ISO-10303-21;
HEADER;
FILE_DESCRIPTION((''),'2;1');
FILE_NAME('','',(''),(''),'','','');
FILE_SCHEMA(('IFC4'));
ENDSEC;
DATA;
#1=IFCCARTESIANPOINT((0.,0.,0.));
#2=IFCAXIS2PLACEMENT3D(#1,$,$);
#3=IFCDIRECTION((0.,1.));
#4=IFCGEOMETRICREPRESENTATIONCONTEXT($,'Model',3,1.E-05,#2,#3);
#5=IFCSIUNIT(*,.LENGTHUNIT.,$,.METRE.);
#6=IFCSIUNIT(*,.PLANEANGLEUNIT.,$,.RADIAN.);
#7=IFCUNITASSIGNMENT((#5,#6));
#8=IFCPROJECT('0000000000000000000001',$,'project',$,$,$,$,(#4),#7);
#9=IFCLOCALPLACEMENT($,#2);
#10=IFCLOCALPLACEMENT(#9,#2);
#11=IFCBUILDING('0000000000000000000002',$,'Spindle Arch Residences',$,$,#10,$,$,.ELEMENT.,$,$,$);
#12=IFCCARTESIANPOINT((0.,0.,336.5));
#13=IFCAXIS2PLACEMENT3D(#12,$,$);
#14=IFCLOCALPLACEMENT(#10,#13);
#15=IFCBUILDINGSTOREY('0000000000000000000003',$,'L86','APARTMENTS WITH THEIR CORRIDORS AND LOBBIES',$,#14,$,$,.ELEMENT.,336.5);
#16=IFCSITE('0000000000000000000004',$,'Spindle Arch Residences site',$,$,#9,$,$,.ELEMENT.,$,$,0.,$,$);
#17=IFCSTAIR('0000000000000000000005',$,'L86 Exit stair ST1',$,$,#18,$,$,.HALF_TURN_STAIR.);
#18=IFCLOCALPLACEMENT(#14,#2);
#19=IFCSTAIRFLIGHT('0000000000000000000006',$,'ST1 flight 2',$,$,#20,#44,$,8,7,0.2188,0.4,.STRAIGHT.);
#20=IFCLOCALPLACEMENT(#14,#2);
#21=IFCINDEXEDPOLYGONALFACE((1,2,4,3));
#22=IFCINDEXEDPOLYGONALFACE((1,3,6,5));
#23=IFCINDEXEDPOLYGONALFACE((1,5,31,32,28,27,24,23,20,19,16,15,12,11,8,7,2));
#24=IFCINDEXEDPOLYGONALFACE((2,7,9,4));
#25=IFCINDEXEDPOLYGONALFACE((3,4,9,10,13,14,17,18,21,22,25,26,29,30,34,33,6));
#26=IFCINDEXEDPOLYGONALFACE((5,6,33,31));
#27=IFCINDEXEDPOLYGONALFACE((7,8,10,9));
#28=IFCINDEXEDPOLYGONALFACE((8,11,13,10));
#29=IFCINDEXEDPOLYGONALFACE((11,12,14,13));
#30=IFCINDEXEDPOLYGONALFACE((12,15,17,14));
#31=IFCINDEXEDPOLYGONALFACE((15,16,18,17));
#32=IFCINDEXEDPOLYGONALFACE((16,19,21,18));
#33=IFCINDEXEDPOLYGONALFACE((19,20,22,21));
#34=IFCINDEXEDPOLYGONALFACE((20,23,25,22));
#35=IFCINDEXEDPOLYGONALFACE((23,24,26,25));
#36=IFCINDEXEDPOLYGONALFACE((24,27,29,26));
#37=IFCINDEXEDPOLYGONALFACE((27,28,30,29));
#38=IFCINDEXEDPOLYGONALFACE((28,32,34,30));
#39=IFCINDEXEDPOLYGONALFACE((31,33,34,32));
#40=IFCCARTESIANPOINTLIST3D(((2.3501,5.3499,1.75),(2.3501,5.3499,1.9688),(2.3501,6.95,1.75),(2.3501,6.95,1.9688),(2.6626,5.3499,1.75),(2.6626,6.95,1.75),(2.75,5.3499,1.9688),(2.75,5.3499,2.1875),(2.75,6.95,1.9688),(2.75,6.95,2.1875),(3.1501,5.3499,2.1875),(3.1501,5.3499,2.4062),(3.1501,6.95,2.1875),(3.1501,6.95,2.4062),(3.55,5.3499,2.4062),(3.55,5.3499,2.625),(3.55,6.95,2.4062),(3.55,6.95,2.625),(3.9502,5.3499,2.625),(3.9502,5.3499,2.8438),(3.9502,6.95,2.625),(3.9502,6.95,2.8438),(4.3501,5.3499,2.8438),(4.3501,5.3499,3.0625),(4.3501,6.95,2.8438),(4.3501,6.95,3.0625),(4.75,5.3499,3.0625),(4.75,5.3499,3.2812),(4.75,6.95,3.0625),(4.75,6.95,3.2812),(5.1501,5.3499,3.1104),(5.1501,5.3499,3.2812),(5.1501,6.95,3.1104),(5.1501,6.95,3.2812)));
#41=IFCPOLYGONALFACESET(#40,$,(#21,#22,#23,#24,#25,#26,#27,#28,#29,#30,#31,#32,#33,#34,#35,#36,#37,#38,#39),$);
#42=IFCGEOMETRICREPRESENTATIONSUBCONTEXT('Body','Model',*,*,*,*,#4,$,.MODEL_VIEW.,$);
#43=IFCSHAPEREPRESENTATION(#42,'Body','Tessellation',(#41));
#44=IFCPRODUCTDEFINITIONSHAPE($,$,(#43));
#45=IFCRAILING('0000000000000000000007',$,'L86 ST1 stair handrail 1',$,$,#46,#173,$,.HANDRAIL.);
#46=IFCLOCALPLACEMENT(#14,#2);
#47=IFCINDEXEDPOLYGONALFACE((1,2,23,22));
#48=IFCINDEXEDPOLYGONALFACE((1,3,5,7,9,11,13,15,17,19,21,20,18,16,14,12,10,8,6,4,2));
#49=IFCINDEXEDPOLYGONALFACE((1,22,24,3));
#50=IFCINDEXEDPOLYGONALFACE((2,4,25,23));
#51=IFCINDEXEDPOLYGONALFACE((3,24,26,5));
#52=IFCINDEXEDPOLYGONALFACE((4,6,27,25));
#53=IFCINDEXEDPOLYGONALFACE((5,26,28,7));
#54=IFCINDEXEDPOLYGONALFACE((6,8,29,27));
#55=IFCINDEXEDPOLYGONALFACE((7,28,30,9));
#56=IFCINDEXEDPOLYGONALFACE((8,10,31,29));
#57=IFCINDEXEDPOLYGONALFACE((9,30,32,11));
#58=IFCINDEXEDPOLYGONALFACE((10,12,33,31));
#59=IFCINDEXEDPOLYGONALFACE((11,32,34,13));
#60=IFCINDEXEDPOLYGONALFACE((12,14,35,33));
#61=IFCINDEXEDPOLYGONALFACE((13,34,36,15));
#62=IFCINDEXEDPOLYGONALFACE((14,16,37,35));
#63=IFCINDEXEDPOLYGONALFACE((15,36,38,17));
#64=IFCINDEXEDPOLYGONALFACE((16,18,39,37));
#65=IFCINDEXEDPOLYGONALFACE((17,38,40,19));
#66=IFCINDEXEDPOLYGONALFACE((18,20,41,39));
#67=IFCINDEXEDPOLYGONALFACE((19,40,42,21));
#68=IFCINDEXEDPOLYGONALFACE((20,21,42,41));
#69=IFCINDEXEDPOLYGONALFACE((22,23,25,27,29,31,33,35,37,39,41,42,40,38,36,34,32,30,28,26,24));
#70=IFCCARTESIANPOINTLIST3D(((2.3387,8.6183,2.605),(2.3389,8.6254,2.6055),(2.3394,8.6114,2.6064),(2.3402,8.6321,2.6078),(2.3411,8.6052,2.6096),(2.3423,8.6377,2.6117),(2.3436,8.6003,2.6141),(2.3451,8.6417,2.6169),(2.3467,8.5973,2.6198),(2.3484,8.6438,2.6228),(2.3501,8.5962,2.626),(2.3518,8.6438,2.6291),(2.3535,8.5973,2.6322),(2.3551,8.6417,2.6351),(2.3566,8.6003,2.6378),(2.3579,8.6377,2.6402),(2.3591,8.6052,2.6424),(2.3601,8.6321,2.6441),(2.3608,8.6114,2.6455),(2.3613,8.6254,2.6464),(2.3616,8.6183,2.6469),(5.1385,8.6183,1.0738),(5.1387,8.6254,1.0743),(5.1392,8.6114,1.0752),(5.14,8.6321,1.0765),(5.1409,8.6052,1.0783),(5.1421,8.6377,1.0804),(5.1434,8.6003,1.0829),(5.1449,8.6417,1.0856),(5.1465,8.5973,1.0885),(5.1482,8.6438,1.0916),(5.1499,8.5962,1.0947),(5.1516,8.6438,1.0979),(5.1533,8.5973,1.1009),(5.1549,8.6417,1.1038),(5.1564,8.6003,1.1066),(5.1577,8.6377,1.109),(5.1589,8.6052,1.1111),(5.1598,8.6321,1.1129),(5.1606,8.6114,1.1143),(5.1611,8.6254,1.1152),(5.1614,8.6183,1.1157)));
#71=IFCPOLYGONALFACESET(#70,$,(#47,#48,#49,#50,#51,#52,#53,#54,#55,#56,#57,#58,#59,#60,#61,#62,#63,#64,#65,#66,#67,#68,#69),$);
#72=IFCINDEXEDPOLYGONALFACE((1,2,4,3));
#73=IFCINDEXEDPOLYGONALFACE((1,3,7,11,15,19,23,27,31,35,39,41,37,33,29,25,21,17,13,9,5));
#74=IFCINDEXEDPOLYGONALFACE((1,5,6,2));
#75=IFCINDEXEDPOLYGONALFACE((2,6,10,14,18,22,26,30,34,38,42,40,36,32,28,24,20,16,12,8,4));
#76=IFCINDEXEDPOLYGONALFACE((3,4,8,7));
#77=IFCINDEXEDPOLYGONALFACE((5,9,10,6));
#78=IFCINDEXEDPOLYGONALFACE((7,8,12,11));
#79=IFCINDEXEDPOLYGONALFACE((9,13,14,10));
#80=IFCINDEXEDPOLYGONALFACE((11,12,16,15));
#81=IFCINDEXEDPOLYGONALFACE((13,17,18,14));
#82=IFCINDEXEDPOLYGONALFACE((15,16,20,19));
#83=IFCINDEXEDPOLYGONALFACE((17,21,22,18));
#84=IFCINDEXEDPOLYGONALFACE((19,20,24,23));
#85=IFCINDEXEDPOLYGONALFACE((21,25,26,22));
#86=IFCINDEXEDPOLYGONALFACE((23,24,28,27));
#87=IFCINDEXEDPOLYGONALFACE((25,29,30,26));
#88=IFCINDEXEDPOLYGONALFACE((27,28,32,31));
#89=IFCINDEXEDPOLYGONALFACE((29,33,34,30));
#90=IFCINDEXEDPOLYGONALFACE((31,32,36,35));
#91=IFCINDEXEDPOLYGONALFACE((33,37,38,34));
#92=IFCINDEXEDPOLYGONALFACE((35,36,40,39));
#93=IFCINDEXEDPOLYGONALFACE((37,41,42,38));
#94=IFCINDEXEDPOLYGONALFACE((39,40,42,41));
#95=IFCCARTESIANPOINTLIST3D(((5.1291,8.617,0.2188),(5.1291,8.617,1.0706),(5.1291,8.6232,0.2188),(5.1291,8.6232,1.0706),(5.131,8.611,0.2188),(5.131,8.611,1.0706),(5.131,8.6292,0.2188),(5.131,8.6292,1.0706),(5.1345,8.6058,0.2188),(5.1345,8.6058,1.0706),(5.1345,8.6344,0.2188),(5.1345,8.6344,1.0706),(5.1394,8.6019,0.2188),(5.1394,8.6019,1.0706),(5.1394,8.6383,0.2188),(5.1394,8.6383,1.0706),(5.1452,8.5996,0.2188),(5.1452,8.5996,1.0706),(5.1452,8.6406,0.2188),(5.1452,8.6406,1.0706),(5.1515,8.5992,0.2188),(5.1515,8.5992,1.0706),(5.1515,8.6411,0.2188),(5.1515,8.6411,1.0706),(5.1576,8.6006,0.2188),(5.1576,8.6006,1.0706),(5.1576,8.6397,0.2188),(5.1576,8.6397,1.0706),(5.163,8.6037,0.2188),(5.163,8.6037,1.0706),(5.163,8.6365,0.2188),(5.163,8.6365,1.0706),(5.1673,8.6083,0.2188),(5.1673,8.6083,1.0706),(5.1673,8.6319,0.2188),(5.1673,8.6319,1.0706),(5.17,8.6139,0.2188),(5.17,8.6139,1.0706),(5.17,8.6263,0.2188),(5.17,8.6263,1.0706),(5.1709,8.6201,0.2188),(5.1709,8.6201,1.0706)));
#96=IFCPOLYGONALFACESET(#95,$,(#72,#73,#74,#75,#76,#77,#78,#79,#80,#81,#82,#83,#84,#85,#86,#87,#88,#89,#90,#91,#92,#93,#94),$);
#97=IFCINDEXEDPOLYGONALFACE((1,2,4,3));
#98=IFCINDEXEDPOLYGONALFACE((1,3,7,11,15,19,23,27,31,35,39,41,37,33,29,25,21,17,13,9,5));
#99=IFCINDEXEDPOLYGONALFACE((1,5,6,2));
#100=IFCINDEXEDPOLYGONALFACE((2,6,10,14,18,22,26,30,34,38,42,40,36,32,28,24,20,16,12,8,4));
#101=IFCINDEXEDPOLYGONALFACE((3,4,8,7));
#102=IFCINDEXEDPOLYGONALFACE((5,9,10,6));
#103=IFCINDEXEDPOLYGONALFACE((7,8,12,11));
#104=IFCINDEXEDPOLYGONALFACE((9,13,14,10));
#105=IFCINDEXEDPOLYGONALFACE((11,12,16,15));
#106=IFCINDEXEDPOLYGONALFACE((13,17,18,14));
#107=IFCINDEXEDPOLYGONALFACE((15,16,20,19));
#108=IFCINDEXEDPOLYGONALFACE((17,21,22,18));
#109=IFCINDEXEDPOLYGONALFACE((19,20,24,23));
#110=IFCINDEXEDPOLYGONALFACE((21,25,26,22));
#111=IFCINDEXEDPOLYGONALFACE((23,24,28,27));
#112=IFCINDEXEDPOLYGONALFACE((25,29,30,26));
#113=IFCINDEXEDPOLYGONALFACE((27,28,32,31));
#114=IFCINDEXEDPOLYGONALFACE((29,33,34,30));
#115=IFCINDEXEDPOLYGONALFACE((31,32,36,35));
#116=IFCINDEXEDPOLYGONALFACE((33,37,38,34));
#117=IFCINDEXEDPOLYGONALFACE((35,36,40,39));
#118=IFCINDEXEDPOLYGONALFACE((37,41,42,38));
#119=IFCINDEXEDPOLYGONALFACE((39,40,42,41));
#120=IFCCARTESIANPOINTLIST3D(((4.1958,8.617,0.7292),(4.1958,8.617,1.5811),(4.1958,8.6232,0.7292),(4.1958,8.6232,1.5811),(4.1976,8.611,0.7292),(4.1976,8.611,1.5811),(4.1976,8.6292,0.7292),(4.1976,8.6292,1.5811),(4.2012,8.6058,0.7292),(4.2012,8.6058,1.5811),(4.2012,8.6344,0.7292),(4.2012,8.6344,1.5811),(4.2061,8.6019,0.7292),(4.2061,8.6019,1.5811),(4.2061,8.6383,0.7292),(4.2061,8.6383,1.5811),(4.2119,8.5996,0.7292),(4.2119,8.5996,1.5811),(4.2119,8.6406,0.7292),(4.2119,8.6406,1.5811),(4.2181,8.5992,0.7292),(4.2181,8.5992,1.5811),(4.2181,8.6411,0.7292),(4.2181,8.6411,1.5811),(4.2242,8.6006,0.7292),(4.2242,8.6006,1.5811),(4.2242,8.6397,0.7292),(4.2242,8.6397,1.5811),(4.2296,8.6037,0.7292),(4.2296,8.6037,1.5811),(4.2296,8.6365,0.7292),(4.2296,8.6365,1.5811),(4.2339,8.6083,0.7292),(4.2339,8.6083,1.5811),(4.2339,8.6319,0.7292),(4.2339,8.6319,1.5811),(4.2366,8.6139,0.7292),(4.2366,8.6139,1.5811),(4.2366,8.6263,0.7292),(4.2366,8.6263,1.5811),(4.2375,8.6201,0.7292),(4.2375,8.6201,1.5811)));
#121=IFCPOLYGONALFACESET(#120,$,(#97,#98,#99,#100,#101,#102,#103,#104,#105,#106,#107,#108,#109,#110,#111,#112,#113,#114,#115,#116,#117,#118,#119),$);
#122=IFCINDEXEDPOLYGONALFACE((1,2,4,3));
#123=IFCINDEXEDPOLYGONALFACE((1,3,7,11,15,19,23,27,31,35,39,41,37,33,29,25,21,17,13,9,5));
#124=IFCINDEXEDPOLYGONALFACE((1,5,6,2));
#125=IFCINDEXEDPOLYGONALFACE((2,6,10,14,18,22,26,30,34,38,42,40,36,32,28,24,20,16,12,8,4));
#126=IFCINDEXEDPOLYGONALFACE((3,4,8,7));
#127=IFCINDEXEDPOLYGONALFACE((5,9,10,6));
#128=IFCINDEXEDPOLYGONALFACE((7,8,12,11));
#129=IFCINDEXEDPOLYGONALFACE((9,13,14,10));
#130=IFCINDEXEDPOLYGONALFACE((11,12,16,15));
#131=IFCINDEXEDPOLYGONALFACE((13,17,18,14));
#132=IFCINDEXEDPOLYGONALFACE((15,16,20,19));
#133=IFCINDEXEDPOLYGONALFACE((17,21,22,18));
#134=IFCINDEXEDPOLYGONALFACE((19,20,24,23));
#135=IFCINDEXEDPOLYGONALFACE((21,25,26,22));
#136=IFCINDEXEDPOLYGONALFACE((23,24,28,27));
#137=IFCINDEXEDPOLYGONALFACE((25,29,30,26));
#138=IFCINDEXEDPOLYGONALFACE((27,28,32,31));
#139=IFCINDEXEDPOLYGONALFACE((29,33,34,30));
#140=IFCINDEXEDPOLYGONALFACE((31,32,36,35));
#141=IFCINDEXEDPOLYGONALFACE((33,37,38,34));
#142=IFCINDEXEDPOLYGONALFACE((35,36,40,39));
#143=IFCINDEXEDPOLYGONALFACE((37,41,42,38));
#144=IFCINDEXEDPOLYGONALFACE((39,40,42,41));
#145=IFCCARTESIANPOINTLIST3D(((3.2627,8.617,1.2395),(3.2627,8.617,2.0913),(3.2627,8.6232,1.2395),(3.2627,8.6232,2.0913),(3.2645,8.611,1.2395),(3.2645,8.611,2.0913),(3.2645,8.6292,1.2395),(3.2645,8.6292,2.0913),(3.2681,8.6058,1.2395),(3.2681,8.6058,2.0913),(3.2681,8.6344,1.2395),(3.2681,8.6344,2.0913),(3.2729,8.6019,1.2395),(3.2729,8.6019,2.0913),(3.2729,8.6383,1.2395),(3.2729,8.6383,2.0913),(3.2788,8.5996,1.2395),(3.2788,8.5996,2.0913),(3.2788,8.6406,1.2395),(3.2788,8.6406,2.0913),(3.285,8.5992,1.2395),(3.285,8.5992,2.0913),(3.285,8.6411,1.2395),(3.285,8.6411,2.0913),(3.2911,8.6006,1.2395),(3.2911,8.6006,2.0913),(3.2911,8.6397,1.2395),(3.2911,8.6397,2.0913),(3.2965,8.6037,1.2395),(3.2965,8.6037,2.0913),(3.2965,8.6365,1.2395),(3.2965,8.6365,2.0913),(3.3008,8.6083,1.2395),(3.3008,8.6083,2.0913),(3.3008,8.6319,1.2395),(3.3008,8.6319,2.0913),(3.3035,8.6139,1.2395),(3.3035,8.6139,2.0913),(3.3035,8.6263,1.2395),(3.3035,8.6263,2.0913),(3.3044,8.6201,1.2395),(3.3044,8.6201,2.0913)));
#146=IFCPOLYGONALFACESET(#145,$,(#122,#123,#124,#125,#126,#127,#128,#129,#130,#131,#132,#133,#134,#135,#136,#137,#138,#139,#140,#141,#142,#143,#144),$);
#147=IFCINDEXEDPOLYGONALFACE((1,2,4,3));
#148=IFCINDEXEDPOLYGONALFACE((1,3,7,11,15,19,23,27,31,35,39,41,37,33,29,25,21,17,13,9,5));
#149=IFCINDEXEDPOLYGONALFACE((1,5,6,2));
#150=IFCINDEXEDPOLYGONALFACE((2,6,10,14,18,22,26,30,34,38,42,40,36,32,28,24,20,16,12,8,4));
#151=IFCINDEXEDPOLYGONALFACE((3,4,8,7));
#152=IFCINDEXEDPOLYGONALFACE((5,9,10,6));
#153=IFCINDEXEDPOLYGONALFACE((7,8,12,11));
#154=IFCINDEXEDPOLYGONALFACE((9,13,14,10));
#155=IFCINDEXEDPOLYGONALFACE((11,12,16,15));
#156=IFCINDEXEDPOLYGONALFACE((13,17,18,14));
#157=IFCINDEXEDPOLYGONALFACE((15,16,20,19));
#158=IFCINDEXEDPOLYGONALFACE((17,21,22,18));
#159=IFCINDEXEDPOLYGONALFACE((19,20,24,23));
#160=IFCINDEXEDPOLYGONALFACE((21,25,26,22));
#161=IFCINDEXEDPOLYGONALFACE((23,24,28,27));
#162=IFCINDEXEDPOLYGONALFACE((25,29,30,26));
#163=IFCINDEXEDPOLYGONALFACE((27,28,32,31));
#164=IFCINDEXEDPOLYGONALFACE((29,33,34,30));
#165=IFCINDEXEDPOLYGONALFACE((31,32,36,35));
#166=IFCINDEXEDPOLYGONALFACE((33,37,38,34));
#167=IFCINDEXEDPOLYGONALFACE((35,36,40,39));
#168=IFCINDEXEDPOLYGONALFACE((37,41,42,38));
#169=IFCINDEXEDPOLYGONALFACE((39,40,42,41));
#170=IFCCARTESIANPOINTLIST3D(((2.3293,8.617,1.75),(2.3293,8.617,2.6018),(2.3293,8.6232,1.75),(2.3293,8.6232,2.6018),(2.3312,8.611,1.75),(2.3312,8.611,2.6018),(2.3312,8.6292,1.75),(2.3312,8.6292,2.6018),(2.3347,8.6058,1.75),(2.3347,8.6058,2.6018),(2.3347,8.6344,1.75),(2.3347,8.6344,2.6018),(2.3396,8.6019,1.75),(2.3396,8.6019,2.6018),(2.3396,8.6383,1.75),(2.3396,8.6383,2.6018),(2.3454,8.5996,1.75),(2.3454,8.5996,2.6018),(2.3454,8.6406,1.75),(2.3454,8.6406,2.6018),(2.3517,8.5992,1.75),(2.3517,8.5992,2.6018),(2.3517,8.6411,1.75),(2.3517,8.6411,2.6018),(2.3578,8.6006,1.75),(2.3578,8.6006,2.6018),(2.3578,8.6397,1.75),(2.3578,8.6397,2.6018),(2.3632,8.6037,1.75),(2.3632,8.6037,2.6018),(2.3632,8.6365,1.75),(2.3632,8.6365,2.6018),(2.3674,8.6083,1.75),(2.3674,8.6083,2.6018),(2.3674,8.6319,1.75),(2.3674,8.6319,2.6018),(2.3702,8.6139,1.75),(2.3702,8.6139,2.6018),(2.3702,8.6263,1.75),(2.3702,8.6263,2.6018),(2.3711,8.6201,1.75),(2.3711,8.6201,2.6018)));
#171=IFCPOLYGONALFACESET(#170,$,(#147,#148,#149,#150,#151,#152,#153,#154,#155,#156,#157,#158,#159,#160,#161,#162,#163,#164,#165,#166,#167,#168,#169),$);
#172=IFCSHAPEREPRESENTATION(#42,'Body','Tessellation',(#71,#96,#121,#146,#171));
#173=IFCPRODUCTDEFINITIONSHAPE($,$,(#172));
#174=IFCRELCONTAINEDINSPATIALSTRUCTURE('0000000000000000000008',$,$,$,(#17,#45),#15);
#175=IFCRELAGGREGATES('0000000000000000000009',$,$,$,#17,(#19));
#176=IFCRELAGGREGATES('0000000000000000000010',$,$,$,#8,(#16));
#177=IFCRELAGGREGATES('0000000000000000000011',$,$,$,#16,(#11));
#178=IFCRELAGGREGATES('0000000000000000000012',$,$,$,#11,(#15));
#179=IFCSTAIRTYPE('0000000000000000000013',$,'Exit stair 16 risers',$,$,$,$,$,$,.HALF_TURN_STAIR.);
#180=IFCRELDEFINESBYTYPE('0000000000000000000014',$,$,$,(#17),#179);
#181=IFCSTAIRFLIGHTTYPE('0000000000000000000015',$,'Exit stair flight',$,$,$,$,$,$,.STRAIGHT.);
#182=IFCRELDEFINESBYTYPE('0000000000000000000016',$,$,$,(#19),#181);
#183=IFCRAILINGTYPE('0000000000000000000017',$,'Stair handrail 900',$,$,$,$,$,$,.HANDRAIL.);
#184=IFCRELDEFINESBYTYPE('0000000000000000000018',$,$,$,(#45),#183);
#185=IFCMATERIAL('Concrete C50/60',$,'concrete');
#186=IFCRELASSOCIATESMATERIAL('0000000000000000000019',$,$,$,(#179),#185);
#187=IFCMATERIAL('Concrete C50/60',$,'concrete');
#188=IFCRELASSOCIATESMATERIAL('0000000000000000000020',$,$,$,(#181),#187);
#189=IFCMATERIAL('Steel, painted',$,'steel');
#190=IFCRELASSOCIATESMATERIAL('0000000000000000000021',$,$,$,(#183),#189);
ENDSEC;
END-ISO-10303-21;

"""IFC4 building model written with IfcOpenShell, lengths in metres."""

from ifc_helpers import new_model, si_unit, direction, frame, origin, origin_2d, place, context, subcontext, project, spatial, polyline, circle, outline, extrude, material, type_object, element, aggregate, save


model = new_model("IFC4")

# Units and contexts
model_context = context("Model", 3, precision=1e-05, world=origin(), true_north=direction((0.0, 1.0)))
body_context = subcontext(model_context, "Body", "Model", "MODEL_VIEW")
ifc_project = project(units=[si_unit("LENGTHUNIT", "METRE"), si_unit("PLANEANGLEUNIT", "RADIAN")], contexts=[model_context])

# Site, building, storey
site_placement = place(None, origin())
site = spatial("IfcSite", under=ifc_project, at=site_placement, Name="Spindle Arch Residences site", CompositionType="ELEMENT", RefElevation=0.0)
building_placement = place(site_placement, origin())
building = spatial("IfcBuilding", under=site, at=building_placement, Name="Spindle Arch Residences", CompositionType="ELEMENT")
storey_placement = place(building_placement, frame((0.0, 0.0, 336.5)))
storey = spatial("IfcBuildingStorey", under=building, at=storey_placement, Name="L86", Description="APARTMENTS WITH THEIR CORRIDORS AND LOBBIES", CompositionType="ELEMENT", Elevation=336.5)

# Stair, stair flight
ifc_material_1 = material(Name="Concrete C50/60", Category="concrete")
stair_type = type_object("IfcStairType", Name="Exit stair 16 risers", PredefinedType="HALF_TURN_STAIR", material=ifc_material_1)
stair_placement = place(storey_placement, origin())
stair = element("IfcStair", 1, at=stair_placement, inside=storey, type_object=stair_type, Name="L86 Exit stair ST1", PredefinedType="HALF_TURN_STAIR")
ifc_material_2 = material(Name="Concrete C50/60", Category="concrete")
stair_flight_type = type_object("IfcStairFlightType", Name="Exit stair flight", PredefinedType="STRAIGHT", material=ifc_material_2)
stair_flight_1_placement = place(storey_placement, frame((2.3501, 6.1499, 1.75), z_axis=(0.0, 0.0, 1.0), x_axis=(1.0, 0.0, 0.0)))
stair_flight_1 = element("IfcStairFlight", 2, at=stair_flight_1_placement, type_object=stair_flight_type, Name="ST1 flight 2", NumberOfRisers=8, NumberOfTreads=7, PredefinedType="STRAIGHT", RiserHeight=0.2188, TreadLength=0.4, context=body_context, shape_type="SweptSolid", body=[
    extrude(outline(polyline([(0.0, 0.0), (0.0, 0.2188), (0.3999, 0.2188), (0.3999, 0.4375), (0.8, 0.4375), (0.8, 0.6562), (1.2, 0.6562), (1.2, 0.875), (1.6001, 0.875), (1.6001, 1.0938), (2.0, 1.0938), (2.0, 1.3125), (2.3999, 1.3125), (2.3999, 1.5312), (2.8, 1.5312), (2.8, 1.75), (2.8, 1.3604), (0.3125, 0.0), (0.0, 0.0)])), frame((0.0, 0.8, 0.0), z_axis=(0.0, -1.0, 0.0), x_axis=(1.0, 0.0, 0.0)), (0.0, 0.0, 1.0), 1.6001),
])
aggregate(stair, [stair_flight_1])

# Railing
ifc_material_3 = material(Name="Steel, painted", Category="steel")
railing_type_1 = type_object("IfcRailingType", Name="Stair handrail 900", PredefinedType="HANDRAIL", material=ifc_material_3)
railing_1_placement = place(storey_placement, frame((5.1499, 8.6201, 0.2188)))
element("IfcRailing", 3, at=railing_1_placement, inside=storey, type_object=railing_type_1, Name="L86 ST1 stair handrail 1", PredefinedType="HANDRAIL", context=body_context, shape_type="SweptSolid", body=[
    extrude(circle(Radius=0.0239, at=origin_2d()), frame((0.0, 0.0, 0.876), z_axis=(-0.877357, 0.0, 0.479838), x_axis=(0.0, -1.0, 0.0)), (0.0, 0.0, 1.0), 3.1912),
    extrude(circle(Radius=0.021, at=origin_2d()), origin(), (0.0, 0.0, 1.0), 0.8518),
    extrude(circle(Radius=0.021, at=origin_2d()), frame((-0.9333, 0.0, 0.5105)), (0.0, 0.0, 1.0), 0.8518),
    extrude(circle(Radius=0.021, at=origin_2d()), frame((-1.8665, 0.0, 1.0208)), (0.0, 0.0, 1.0), 0.8518),
    extrude(circle(Radius=0.021, at=origin_2d()), frame((-2.7998, 0.0, 1.5312)), (0.0, 0.0, 1.0), 0.8518),
])

save(model, "model.ifc")
